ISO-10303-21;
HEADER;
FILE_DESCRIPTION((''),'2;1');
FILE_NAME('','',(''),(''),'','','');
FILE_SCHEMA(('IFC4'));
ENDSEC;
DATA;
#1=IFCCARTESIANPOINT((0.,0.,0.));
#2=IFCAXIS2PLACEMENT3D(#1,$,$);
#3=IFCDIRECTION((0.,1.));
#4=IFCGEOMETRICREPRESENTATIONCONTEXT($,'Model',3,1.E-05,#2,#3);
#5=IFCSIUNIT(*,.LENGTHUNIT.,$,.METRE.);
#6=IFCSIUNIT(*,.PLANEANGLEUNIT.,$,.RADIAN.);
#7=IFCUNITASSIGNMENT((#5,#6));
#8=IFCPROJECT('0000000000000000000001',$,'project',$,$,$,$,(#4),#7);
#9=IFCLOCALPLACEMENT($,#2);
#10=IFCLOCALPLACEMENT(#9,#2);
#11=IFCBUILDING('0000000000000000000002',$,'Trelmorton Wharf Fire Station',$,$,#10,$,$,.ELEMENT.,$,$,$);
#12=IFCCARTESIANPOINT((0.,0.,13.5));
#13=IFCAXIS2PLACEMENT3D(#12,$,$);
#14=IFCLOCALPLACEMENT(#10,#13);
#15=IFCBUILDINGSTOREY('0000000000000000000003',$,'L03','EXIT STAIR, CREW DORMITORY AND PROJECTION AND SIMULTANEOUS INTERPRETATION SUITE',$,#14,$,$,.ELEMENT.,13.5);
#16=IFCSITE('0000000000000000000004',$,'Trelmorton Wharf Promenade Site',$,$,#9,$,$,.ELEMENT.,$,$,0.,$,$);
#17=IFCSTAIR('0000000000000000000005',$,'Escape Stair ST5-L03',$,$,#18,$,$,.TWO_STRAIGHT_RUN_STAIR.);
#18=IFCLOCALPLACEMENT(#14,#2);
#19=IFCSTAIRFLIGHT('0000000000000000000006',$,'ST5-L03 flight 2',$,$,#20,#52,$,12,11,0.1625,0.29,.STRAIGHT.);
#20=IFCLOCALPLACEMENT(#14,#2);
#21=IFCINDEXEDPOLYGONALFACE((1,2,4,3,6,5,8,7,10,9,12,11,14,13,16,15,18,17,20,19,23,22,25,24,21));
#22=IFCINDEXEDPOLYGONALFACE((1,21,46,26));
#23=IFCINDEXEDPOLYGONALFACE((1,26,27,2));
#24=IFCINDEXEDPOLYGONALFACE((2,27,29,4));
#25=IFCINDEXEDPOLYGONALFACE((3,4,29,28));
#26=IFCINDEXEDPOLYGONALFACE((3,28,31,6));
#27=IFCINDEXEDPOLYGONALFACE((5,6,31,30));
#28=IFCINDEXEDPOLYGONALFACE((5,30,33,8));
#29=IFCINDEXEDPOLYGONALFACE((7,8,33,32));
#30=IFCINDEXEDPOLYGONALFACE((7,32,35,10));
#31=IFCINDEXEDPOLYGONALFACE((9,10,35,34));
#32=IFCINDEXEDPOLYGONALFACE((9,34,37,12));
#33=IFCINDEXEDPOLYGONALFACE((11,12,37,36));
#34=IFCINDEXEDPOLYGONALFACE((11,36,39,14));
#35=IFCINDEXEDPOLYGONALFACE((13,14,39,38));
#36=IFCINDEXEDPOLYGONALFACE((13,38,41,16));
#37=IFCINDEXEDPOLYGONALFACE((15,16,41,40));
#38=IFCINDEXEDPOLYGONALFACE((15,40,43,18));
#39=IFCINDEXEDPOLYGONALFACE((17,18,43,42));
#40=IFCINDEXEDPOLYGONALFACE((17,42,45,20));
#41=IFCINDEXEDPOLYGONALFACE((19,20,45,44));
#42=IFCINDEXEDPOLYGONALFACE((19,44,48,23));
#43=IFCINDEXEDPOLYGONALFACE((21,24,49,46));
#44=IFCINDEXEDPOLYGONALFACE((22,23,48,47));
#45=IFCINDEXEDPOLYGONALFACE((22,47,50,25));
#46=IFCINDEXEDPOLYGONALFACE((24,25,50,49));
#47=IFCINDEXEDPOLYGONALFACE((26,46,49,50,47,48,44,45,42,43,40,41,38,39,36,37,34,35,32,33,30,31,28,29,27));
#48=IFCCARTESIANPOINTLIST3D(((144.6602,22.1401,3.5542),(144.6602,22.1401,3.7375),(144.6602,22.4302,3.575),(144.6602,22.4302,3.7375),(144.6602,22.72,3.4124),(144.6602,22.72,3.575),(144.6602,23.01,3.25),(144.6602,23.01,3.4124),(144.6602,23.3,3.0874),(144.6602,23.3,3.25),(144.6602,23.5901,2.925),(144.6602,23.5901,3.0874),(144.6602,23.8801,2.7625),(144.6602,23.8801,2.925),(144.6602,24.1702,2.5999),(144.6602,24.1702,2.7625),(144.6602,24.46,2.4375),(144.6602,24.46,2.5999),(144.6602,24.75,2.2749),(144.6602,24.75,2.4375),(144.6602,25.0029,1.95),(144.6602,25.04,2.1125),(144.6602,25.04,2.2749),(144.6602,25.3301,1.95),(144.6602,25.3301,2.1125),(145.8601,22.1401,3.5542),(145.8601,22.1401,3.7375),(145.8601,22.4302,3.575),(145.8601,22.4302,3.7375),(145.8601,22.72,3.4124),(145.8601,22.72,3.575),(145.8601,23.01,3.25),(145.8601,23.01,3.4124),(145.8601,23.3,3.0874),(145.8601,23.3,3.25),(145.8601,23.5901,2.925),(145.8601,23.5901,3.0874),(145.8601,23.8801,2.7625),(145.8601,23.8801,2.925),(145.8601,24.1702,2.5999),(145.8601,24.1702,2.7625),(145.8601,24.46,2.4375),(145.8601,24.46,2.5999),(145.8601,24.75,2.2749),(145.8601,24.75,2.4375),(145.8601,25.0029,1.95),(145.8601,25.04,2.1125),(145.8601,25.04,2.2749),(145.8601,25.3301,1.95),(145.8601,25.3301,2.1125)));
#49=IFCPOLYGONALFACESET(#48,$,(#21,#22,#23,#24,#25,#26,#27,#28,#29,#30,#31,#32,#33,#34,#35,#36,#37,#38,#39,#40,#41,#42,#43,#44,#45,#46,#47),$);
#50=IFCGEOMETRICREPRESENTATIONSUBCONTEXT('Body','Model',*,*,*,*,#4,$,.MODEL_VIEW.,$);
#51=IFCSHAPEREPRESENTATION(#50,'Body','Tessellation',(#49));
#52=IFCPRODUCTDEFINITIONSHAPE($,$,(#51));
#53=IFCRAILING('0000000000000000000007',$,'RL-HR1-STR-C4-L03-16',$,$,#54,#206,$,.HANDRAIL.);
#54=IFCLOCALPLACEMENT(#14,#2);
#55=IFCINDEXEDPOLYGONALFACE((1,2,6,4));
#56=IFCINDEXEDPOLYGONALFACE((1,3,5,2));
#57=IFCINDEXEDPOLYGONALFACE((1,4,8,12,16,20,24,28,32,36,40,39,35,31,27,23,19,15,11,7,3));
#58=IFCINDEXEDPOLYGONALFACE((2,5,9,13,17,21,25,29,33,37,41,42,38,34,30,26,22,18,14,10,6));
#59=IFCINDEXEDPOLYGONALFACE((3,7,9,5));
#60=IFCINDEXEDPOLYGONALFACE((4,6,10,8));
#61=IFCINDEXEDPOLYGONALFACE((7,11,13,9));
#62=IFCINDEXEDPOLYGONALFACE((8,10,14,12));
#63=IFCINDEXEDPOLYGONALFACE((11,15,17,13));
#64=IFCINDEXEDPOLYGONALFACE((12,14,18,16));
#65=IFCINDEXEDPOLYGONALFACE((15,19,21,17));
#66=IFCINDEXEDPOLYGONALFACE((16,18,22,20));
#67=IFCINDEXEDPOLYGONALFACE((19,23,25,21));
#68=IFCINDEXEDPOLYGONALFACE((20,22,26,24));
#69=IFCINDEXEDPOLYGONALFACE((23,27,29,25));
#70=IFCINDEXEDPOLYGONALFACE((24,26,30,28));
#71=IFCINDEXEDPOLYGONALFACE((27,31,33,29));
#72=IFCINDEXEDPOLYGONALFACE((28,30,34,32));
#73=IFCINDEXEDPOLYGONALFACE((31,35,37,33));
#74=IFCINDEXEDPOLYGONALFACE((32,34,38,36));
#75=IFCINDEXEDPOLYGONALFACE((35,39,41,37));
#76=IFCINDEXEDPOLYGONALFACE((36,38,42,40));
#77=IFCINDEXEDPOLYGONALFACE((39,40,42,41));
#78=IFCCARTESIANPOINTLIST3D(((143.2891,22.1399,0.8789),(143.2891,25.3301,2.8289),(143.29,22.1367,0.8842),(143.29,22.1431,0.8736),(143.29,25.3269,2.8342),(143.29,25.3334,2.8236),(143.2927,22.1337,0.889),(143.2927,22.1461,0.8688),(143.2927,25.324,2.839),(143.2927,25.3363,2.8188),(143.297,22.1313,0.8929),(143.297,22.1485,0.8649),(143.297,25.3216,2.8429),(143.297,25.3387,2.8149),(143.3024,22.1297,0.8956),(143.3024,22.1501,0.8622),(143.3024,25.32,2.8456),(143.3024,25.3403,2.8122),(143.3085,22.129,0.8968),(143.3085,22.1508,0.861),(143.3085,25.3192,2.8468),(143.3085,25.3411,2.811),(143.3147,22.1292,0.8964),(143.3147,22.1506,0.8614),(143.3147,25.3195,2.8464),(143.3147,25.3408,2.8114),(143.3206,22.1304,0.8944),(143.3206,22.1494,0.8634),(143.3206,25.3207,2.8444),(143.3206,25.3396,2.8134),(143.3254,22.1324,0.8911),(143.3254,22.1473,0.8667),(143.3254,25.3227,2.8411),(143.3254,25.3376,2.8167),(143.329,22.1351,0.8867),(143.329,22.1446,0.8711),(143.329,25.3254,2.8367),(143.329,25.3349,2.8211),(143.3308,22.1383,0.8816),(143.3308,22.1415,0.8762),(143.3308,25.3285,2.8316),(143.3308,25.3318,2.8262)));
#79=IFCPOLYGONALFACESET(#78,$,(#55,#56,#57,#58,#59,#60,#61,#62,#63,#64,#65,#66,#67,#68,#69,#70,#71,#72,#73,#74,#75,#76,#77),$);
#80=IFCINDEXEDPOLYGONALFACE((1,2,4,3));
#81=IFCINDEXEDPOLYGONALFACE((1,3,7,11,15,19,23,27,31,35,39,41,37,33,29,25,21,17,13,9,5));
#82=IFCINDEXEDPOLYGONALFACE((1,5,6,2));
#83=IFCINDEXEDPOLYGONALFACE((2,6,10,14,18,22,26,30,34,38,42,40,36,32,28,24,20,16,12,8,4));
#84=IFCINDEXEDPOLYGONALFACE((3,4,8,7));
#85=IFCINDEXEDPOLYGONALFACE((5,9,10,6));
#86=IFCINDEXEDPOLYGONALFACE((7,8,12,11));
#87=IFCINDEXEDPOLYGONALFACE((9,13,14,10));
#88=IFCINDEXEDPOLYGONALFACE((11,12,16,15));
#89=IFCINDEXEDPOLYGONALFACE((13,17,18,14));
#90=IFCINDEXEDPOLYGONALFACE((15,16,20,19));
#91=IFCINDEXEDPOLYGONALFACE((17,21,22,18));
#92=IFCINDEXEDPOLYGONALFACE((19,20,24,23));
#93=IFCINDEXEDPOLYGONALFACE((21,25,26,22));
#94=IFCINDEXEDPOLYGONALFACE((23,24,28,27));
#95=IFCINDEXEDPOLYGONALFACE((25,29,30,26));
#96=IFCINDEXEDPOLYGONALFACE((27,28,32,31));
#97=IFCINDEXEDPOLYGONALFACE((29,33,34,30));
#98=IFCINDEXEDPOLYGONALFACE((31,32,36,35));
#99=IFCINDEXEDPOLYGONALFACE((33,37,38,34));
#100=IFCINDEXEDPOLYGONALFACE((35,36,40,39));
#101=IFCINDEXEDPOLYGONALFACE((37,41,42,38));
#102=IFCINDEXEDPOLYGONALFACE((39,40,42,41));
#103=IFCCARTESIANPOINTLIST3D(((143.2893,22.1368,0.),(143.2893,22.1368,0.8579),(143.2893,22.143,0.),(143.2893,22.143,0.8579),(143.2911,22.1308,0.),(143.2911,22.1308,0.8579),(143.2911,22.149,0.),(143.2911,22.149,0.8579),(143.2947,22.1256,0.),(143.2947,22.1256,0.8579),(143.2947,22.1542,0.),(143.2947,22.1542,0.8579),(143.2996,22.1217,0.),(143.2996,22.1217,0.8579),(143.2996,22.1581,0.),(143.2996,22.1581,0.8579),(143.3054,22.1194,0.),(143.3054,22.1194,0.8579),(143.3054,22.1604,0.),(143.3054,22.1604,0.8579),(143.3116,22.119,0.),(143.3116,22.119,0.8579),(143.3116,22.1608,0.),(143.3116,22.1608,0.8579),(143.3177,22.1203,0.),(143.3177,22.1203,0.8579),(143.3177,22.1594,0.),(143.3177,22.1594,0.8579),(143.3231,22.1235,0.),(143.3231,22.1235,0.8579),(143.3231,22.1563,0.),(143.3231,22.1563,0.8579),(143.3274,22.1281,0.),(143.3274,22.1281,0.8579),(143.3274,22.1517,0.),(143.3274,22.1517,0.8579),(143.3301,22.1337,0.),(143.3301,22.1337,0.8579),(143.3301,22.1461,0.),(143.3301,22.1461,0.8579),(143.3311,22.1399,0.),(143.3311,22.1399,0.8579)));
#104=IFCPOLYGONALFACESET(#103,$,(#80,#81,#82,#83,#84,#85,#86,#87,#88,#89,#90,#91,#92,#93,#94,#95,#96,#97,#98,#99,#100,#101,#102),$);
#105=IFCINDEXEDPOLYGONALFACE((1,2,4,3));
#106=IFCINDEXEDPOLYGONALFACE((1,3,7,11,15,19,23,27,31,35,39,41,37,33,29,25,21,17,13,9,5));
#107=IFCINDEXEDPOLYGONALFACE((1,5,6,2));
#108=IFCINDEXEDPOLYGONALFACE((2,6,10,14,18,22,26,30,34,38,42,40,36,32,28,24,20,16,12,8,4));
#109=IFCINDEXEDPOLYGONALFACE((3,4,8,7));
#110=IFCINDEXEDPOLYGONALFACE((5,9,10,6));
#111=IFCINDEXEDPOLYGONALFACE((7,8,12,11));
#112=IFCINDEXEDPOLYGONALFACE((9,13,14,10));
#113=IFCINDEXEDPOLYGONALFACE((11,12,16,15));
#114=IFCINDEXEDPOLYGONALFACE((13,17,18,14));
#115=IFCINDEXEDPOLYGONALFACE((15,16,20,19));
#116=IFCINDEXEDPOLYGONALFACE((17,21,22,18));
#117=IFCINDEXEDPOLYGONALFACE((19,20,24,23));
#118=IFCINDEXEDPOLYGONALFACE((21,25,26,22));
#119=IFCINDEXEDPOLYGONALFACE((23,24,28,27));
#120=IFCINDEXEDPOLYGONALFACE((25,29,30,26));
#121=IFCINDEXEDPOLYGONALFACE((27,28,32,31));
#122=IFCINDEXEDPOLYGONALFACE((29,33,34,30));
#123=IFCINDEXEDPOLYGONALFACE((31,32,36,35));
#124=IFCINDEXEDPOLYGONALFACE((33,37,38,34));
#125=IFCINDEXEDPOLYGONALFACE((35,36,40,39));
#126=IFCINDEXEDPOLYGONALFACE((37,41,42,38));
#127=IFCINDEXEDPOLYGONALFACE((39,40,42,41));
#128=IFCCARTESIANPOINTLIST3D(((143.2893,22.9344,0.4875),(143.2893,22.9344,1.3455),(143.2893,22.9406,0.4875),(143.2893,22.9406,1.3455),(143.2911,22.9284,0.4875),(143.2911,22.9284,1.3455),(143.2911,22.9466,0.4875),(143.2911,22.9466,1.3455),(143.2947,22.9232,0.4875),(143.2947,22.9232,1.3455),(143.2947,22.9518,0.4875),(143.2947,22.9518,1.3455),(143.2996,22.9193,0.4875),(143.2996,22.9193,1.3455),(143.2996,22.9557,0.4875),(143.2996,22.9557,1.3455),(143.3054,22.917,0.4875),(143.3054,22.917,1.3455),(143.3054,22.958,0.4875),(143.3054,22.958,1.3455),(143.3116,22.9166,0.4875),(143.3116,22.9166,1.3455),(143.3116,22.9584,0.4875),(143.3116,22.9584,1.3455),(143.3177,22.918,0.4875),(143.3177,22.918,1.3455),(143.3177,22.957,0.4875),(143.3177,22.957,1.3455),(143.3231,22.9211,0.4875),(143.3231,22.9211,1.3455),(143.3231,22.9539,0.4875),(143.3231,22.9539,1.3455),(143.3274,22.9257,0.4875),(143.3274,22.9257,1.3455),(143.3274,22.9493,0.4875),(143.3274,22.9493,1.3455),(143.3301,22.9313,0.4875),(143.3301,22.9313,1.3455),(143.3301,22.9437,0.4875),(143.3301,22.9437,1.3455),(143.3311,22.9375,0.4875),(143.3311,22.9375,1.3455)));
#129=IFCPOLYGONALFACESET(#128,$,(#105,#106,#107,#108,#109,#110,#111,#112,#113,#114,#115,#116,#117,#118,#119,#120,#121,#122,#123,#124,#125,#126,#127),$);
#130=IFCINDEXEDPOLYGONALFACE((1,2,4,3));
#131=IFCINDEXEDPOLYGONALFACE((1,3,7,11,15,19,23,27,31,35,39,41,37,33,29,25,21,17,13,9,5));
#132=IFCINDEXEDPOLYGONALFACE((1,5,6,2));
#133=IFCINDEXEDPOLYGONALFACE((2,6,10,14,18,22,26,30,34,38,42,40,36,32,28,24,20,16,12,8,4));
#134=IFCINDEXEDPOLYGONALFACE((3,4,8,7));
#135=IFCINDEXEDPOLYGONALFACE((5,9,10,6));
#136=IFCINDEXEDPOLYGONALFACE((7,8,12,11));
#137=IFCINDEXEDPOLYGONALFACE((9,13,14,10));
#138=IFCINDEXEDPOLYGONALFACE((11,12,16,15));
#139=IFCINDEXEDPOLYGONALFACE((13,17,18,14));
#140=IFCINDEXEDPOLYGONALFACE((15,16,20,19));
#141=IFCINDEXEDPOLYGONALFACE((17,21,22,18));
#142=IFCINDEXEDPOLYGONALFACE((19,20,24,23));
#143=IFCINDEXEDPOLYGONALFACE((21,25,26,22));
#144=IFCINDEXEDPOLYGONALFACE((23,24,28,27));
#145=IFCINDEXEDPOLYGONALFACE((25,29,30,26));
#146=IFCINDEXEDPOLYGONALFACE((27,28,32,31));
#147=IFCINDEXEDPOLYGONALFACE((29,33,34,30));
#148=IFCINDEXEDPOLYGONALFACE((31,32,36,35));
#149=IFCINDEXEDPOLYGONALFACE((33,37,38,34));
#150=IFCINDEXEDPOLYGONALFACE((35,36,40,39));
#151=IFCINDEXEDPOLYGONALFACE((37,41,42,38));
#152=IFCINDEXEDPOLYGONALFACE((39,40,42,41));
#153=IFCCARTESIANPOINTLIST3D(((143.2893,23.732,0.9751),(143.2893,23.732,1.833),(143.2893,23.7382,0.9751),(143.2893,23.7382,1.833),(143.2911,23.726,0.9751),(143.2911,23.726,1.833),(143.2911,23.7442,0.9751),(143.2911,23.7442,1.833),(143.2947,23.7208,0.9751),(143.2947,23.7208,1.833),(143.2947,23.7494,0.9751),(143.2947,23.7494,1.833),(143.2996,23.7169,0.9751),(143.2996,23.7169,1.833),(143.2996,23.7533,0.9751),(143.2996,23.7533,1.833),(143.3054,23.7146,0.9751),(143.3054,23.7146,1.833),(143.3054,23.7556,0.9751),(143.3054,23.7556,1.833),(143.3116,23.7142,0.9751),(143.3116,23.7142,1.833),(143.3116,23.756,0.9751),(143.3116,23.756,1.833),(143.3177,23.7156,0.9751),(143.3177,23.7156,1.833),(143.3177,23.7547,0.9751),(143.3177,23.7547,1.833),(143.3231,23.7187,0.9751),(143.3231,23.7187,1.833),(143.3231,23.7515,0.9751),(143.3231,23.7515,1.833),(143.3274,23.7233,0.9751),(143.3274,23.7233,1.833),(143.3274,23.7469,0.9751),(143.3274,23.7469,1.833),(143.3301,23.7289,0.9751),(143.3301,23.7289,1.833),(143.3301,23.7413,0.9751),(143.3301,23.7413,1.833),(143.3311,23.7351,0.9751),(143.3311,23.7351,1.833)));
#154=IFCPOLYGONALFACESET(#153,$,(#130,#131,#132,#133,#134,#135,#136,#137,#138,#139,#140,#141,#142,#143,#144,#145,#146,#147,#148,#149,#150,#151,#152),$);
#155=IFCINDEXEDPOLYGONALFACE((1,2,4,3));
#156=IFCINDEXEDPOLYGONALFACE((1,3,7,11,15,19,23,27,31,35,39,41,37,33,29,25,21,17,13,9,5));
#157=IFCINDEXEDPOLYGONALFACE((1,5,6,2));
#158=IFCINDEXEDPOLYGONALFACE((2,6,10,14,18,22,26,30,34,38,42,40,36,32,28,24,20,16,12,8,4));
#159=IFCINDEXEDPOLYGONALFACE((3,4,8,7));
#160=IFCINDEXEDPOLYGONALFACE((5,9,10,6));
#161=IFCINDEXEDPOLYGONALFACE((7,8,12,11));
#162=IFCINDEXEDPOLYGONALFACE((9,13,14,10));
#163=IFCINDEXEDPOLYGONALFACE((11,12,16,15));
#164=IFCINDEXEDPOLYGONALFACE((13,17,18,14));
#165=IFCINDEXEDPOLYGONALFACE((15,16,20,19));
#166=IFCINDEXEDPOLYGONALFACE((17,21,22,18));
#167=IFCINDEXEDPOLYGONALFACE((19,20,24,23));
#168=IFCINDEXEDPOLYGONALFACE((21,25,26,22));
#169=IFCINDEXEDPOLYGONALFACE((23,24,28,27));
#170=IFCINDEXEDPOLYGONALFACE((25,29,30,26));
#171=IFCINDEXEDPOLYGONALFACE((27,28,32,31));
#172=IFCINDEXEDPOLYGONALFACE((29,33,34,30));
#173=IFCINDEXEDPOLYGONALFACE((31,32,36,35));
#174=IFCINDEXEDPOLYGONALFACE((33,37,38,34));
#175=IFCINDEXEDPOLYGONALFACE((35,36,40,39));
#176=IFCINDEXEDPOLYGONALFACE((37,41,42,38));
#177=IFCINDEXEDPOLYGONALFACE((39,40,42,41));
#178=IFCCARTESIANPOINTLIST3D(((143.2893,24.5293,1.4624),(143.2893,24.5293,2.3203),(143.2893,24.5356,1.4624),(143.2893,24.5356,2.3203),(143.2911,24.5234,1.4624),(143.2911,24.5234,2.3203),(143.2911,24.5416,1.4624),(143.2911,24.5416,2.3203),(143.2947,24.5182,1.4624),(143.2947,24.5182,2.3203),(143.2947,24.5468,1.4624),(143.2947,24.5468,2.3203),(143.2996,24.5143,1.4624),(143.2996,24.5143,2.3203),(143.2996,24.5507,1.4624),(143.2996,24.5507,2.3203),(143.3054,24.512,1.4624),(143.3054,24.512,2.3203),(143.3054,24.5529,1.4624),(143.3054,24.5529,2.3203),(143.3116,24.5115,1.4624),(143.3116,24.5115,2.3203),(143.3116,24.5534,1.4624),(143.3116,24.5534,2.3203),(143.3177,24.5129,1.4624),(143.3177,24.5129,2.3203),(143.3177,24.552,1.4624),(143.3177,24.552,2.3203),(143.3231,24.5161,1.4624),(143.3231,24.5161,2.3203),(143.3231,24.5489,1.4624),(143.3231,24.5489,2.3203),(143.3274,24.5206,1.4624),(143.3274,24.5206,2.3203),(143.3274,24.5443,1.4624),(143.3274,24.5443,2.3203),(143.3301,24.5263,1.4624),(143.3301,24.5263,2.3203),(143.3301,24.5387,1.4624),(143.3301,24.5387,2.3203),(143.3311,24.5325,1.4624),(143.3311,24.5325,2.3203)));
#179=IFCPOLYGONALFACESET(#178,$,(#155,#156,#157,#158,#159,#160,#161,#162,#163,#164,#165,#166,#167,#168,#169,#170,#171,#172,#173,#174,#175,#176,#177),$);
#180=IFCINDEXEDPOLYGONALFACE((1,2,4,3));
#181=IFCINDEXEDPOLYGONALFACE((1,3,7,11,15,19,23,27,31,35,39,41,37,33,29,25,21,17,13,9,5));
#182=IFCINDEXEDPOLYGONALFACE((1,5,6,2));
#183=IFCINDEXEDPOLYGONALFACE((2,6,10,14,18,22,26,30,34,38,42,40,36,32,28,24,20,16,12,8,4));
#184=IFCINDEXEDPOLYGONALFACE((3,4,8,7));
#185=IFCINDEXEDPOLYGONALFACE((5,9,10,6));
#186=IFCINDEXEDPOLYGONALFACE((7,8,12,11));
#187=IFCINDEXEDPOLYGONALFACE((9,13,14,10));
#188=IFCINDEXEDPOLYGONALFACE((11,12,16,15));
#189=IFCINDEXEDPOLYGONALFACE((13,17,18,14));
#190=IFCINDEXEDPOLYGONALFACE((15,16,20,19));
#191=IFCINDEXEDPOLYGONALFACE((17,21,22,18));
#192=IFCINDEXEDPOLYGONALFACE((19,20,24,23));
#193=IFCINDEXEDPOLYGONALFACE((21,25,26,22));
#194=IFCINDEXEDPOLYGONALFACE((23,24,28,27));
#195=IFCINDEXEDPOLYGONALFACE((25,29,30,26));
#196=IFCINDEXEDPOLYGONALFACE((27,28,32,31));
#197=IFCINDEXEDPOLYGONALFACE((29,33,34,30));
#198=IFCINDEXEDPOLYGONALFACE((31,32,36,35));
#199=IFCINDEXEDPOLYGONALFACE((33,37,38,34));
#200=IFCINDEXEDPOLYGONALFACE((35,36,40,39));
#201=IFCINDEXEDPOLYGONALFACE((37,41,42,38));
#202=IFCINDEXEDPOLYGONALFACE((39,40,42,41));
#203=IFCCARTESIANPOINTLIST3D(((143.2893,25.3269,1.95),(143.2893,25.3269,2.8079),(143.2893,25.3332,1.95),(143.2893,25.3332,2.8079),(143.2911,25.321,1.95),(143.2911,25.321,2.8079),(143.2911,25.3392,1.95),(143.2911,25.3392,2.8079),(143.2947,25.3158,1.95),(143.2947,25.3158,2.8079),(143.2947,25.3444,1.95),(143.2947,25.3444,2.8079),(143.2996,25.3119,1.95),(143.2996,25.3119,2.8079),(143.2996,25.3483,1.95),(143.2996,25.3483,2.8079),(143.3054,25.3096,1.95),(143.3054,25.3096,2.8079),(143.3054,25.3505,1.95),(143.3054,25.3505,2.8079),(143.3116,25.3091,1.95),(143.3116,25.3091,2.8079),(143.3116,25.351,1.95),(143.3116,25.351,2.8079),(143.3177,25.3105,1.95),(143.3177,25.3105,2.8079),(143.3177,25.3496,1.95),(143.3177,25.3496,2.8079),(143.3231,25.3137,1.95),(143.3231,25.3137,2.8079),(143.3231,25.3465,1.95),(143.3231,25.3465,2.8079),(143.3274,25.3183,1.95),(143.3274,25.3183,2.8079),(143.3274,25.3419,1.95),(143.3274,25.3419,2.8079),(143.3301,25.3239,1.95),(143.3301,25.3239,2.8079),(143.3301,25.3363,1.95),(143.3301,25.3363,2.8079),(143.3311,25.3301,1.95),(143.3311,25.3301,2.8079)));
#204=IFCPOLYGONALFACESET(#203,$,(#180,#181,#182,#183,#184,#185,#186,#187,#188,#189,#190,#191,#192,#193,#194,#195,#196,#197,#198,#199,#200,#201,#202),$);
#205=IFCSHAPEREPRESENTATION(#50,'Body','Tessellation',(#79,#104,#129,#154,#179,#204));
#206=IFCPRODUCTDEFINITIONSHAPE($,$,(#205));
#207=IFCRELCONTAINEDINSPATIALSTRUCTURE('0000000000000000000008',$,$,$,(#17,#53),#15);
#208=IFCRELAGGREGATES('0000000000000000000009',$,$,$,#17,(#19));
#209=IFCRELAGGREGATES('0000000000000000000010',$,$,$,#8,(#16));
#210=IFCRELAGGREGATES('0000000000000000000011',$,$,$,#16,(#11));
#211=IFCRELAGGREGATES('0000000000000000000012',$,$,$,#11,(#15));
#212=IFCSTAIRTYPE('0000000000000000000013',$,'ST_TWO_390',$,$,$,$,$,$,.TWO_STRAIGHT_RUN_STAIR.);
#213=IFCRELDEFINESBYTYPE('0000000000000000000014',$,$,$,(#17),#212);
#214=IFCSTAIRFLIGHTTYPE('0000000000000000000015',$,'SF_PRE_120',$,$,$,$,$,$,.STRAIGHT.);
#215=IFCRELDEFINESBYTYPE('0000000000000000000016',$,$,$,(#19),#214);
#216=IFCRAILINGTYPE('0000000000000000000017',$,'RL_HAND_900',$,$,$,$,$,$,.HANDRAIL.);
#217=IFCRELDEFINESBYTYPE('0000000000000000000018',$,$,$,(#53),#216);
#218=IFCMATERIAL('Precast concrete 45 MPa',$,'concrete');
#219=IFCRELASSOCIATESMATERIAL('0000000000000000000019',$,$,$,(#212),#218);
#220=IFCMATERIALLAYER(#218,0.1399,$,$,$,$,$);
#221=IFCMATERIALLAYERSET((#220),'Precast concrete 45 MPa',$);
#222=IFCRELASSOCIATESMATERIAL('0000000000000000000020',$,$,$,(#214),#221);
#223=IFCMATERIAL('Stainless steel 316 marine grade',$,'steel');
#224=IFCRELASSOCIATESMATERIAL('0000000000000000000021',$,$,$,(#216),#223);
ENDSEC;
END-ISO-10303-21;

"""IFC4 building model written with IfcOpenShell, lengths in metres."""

from ifc_helpers import new_model, si_unit, direction, frame, origin, origin_2d, place, context, subcontext, project, spatial, polyline, circle, outline, extrude, material, layer, layer_set, type_object, element, aggregate, save


model = new_model("IFC4")

# Units and contexts
model_context = context("Model", 3, precision=1e-05, world=origin(), true_north=direction((0.0, 1.0)))
body_context = subcontext(model_context, "Body", "Model", "MODEL_VIEW")
ifc_project = project(units=[si_unit("LENGTHUNIT", "METRE"), si_unit("PLANEANGLEUNIT", "RADIAN")], contexts=[model_context])

# Site, building, storey
site_placement = place(None, origin())
site = spatial("IfcSite", under=ifc_project, at=site_placement, Name="Trelmorton Wharf Promenade Site", CompositionType="ELEMENT", RefElevation=0.0)
building_placement = place(site_placement, origin())
building = spatial("IfcBuilding", under=site, at=building_placement, Name="Trelmorton Wharf Fire Station", CompositionType="ELEMENT")
storey_placement = place(building_placement, frame((0.0, 0.0, 13.5)))
storey = spatial("IfcBuildingStorey", under=building, at=storey_placement, Name="L03", Description="EXIT STAIR, CREW DORMITORY AND PROJECTION AND SIMULTANEOUS INTERPRETATION SUITE", CompositionType="ELEMENT", Elevation=13.5)

# Shared definitions
ifc_material_1 = material(Name="Stainless steel 316 marine grade", Category="steel")

# Stair, stair flight
ifc_material_2 = material(Name="Precast concrete 45 MPa", Category="concrete")
stair_type = type_object("IfcStairType", Name="ST_TWO_390", PredefinedType="TWO_STRAIGHT_RUN_STAIR", material=ifc_material_2)
stair_placement = place(storey_placement, origin())
stair = element("IfcStair", 1, at=stair_placement, inside=storey, type_object=stair_type, Name="Escape Stair ST5-L03", PredefinedType="TWO_STRAIGHT_RUN_STAIR")
ifc_layer_1 = layer(ifc_material_2, 0.1399)
ifc_layer_set_1 = layer_set([ifc_layer_1], Name="Precast concrete 45 MPa")
stair_flight_type = type_object("IfcStairFlightType", Name="SF_PRE_120", PredefinedType="STRAIGHT", material=ifc_layer_set_1)
stair_flight_1_placement = place(storey_placement, frame((145.26, 25.3301, 1.95), z_axis=(0.0, 0.0, 1.0), x_axis=(0.0, -1.0, 0.0)))
stair_flight_1 = element("IfcStairFlight", 2, at=stair_flight_1_placement, type_object=stair_flight_type, Name="ST5-L03 flight 2", NumberOfRisers=12, NumberOfTreads=11, PredefinedType="STRAIGHT", RiserHeight=0.1625, TreadLength=0.29, context=body_context, shape_type="SweptSolid", body=[
    extrude(outline(polyline([(0.0, 0.0), (0.0, 0.1626), (0.29, 0.1626), (0.29, 0.325), (0.5801, 0.325), (0.5801, 0.4875), (0.8701, 0.4875), (0.8701, 0.6499), (1.1599, 0.6499), (1.1599, 0.8125), (1.45, 0.8125), (1.45, 0.9751), (1.74, 0.9751), (1.74, 1.1375), (2.03, 1.1375), (2.03, 1.3), (2.3201, 1.3), (2.3201, 1.4624), (2.6101, 1.4624), (2.6101, 1.625), (2.8999, 1.625), (2.8999, 1.7876), (3.1899, 1.7876), (3.1899, 1.95), (3.1899, 1.6042), (0.3271, 0.0), (0.0, 0.0)])), frame((0.0, 0.6001, 0.0), z_axis=(0.0, -1.0, 0.0), x_axis=(1.0, 0.0, 0.0)), (0.0, 0.0, 1.0), 1.2),
])
aggregate(stair, [stair_flight_1])

# Railing
railing_type_1 = type_object("IfcRailingType", Name="RL_HAND_900", PredefinedType="HANDRAIL", material=ifc_material_1)
railing_1_placement = place(storey_placement, frame((143.3101, 22.1399, 0.0)))
element("IfcRailing", 3, at=railing_1_placement, inside=storey, type_object=railing_type_1, Name="RL-HR1-STR-C4-L03-16", PredefinedType="HANDRAIL", context=body_context, shape_type="SweptSolid", body=[
    extrude(circle(Radius=0.021, at=origin_2d()), frame((0.0, 0.0, 0.8789), z_axis=(0.0, 0.853235, 0.521527), x_axis=(-1.0, 0.0, 0.0)), (0.0, 0.0, 1.0), 3.739),
    extrude(circle(Radius=0.021, at=origin_2d()), origin(), (0.0, 0.0, 1.0), 0.8579),
    extrude(circle(Radius=0.021, at=origin_2d()), frame((0.0, 0.7976, 0.4875)), (0.0, 0.0, 1.0), 0.8579),
    extrude(circle(Radius=0.021, at=origin_2d()), frame((0.0, 1.5952, 0.9751)), (0.0, 0.0, 1.0), 0.8579),
    extrude(circle(Radius=0.021, at=origin_2d()), frame((0.0, 2.3926, 1.4624)), (0.0, 0.0, 1.0), 0.8579),
    extrude(circle(Radius=0.021, at=origin_2d()), frame((0.0, 3.1902, 1.95)), (0.0, 0.0, 1.0), 0.8579),
])

save(model, "model.ifc")
